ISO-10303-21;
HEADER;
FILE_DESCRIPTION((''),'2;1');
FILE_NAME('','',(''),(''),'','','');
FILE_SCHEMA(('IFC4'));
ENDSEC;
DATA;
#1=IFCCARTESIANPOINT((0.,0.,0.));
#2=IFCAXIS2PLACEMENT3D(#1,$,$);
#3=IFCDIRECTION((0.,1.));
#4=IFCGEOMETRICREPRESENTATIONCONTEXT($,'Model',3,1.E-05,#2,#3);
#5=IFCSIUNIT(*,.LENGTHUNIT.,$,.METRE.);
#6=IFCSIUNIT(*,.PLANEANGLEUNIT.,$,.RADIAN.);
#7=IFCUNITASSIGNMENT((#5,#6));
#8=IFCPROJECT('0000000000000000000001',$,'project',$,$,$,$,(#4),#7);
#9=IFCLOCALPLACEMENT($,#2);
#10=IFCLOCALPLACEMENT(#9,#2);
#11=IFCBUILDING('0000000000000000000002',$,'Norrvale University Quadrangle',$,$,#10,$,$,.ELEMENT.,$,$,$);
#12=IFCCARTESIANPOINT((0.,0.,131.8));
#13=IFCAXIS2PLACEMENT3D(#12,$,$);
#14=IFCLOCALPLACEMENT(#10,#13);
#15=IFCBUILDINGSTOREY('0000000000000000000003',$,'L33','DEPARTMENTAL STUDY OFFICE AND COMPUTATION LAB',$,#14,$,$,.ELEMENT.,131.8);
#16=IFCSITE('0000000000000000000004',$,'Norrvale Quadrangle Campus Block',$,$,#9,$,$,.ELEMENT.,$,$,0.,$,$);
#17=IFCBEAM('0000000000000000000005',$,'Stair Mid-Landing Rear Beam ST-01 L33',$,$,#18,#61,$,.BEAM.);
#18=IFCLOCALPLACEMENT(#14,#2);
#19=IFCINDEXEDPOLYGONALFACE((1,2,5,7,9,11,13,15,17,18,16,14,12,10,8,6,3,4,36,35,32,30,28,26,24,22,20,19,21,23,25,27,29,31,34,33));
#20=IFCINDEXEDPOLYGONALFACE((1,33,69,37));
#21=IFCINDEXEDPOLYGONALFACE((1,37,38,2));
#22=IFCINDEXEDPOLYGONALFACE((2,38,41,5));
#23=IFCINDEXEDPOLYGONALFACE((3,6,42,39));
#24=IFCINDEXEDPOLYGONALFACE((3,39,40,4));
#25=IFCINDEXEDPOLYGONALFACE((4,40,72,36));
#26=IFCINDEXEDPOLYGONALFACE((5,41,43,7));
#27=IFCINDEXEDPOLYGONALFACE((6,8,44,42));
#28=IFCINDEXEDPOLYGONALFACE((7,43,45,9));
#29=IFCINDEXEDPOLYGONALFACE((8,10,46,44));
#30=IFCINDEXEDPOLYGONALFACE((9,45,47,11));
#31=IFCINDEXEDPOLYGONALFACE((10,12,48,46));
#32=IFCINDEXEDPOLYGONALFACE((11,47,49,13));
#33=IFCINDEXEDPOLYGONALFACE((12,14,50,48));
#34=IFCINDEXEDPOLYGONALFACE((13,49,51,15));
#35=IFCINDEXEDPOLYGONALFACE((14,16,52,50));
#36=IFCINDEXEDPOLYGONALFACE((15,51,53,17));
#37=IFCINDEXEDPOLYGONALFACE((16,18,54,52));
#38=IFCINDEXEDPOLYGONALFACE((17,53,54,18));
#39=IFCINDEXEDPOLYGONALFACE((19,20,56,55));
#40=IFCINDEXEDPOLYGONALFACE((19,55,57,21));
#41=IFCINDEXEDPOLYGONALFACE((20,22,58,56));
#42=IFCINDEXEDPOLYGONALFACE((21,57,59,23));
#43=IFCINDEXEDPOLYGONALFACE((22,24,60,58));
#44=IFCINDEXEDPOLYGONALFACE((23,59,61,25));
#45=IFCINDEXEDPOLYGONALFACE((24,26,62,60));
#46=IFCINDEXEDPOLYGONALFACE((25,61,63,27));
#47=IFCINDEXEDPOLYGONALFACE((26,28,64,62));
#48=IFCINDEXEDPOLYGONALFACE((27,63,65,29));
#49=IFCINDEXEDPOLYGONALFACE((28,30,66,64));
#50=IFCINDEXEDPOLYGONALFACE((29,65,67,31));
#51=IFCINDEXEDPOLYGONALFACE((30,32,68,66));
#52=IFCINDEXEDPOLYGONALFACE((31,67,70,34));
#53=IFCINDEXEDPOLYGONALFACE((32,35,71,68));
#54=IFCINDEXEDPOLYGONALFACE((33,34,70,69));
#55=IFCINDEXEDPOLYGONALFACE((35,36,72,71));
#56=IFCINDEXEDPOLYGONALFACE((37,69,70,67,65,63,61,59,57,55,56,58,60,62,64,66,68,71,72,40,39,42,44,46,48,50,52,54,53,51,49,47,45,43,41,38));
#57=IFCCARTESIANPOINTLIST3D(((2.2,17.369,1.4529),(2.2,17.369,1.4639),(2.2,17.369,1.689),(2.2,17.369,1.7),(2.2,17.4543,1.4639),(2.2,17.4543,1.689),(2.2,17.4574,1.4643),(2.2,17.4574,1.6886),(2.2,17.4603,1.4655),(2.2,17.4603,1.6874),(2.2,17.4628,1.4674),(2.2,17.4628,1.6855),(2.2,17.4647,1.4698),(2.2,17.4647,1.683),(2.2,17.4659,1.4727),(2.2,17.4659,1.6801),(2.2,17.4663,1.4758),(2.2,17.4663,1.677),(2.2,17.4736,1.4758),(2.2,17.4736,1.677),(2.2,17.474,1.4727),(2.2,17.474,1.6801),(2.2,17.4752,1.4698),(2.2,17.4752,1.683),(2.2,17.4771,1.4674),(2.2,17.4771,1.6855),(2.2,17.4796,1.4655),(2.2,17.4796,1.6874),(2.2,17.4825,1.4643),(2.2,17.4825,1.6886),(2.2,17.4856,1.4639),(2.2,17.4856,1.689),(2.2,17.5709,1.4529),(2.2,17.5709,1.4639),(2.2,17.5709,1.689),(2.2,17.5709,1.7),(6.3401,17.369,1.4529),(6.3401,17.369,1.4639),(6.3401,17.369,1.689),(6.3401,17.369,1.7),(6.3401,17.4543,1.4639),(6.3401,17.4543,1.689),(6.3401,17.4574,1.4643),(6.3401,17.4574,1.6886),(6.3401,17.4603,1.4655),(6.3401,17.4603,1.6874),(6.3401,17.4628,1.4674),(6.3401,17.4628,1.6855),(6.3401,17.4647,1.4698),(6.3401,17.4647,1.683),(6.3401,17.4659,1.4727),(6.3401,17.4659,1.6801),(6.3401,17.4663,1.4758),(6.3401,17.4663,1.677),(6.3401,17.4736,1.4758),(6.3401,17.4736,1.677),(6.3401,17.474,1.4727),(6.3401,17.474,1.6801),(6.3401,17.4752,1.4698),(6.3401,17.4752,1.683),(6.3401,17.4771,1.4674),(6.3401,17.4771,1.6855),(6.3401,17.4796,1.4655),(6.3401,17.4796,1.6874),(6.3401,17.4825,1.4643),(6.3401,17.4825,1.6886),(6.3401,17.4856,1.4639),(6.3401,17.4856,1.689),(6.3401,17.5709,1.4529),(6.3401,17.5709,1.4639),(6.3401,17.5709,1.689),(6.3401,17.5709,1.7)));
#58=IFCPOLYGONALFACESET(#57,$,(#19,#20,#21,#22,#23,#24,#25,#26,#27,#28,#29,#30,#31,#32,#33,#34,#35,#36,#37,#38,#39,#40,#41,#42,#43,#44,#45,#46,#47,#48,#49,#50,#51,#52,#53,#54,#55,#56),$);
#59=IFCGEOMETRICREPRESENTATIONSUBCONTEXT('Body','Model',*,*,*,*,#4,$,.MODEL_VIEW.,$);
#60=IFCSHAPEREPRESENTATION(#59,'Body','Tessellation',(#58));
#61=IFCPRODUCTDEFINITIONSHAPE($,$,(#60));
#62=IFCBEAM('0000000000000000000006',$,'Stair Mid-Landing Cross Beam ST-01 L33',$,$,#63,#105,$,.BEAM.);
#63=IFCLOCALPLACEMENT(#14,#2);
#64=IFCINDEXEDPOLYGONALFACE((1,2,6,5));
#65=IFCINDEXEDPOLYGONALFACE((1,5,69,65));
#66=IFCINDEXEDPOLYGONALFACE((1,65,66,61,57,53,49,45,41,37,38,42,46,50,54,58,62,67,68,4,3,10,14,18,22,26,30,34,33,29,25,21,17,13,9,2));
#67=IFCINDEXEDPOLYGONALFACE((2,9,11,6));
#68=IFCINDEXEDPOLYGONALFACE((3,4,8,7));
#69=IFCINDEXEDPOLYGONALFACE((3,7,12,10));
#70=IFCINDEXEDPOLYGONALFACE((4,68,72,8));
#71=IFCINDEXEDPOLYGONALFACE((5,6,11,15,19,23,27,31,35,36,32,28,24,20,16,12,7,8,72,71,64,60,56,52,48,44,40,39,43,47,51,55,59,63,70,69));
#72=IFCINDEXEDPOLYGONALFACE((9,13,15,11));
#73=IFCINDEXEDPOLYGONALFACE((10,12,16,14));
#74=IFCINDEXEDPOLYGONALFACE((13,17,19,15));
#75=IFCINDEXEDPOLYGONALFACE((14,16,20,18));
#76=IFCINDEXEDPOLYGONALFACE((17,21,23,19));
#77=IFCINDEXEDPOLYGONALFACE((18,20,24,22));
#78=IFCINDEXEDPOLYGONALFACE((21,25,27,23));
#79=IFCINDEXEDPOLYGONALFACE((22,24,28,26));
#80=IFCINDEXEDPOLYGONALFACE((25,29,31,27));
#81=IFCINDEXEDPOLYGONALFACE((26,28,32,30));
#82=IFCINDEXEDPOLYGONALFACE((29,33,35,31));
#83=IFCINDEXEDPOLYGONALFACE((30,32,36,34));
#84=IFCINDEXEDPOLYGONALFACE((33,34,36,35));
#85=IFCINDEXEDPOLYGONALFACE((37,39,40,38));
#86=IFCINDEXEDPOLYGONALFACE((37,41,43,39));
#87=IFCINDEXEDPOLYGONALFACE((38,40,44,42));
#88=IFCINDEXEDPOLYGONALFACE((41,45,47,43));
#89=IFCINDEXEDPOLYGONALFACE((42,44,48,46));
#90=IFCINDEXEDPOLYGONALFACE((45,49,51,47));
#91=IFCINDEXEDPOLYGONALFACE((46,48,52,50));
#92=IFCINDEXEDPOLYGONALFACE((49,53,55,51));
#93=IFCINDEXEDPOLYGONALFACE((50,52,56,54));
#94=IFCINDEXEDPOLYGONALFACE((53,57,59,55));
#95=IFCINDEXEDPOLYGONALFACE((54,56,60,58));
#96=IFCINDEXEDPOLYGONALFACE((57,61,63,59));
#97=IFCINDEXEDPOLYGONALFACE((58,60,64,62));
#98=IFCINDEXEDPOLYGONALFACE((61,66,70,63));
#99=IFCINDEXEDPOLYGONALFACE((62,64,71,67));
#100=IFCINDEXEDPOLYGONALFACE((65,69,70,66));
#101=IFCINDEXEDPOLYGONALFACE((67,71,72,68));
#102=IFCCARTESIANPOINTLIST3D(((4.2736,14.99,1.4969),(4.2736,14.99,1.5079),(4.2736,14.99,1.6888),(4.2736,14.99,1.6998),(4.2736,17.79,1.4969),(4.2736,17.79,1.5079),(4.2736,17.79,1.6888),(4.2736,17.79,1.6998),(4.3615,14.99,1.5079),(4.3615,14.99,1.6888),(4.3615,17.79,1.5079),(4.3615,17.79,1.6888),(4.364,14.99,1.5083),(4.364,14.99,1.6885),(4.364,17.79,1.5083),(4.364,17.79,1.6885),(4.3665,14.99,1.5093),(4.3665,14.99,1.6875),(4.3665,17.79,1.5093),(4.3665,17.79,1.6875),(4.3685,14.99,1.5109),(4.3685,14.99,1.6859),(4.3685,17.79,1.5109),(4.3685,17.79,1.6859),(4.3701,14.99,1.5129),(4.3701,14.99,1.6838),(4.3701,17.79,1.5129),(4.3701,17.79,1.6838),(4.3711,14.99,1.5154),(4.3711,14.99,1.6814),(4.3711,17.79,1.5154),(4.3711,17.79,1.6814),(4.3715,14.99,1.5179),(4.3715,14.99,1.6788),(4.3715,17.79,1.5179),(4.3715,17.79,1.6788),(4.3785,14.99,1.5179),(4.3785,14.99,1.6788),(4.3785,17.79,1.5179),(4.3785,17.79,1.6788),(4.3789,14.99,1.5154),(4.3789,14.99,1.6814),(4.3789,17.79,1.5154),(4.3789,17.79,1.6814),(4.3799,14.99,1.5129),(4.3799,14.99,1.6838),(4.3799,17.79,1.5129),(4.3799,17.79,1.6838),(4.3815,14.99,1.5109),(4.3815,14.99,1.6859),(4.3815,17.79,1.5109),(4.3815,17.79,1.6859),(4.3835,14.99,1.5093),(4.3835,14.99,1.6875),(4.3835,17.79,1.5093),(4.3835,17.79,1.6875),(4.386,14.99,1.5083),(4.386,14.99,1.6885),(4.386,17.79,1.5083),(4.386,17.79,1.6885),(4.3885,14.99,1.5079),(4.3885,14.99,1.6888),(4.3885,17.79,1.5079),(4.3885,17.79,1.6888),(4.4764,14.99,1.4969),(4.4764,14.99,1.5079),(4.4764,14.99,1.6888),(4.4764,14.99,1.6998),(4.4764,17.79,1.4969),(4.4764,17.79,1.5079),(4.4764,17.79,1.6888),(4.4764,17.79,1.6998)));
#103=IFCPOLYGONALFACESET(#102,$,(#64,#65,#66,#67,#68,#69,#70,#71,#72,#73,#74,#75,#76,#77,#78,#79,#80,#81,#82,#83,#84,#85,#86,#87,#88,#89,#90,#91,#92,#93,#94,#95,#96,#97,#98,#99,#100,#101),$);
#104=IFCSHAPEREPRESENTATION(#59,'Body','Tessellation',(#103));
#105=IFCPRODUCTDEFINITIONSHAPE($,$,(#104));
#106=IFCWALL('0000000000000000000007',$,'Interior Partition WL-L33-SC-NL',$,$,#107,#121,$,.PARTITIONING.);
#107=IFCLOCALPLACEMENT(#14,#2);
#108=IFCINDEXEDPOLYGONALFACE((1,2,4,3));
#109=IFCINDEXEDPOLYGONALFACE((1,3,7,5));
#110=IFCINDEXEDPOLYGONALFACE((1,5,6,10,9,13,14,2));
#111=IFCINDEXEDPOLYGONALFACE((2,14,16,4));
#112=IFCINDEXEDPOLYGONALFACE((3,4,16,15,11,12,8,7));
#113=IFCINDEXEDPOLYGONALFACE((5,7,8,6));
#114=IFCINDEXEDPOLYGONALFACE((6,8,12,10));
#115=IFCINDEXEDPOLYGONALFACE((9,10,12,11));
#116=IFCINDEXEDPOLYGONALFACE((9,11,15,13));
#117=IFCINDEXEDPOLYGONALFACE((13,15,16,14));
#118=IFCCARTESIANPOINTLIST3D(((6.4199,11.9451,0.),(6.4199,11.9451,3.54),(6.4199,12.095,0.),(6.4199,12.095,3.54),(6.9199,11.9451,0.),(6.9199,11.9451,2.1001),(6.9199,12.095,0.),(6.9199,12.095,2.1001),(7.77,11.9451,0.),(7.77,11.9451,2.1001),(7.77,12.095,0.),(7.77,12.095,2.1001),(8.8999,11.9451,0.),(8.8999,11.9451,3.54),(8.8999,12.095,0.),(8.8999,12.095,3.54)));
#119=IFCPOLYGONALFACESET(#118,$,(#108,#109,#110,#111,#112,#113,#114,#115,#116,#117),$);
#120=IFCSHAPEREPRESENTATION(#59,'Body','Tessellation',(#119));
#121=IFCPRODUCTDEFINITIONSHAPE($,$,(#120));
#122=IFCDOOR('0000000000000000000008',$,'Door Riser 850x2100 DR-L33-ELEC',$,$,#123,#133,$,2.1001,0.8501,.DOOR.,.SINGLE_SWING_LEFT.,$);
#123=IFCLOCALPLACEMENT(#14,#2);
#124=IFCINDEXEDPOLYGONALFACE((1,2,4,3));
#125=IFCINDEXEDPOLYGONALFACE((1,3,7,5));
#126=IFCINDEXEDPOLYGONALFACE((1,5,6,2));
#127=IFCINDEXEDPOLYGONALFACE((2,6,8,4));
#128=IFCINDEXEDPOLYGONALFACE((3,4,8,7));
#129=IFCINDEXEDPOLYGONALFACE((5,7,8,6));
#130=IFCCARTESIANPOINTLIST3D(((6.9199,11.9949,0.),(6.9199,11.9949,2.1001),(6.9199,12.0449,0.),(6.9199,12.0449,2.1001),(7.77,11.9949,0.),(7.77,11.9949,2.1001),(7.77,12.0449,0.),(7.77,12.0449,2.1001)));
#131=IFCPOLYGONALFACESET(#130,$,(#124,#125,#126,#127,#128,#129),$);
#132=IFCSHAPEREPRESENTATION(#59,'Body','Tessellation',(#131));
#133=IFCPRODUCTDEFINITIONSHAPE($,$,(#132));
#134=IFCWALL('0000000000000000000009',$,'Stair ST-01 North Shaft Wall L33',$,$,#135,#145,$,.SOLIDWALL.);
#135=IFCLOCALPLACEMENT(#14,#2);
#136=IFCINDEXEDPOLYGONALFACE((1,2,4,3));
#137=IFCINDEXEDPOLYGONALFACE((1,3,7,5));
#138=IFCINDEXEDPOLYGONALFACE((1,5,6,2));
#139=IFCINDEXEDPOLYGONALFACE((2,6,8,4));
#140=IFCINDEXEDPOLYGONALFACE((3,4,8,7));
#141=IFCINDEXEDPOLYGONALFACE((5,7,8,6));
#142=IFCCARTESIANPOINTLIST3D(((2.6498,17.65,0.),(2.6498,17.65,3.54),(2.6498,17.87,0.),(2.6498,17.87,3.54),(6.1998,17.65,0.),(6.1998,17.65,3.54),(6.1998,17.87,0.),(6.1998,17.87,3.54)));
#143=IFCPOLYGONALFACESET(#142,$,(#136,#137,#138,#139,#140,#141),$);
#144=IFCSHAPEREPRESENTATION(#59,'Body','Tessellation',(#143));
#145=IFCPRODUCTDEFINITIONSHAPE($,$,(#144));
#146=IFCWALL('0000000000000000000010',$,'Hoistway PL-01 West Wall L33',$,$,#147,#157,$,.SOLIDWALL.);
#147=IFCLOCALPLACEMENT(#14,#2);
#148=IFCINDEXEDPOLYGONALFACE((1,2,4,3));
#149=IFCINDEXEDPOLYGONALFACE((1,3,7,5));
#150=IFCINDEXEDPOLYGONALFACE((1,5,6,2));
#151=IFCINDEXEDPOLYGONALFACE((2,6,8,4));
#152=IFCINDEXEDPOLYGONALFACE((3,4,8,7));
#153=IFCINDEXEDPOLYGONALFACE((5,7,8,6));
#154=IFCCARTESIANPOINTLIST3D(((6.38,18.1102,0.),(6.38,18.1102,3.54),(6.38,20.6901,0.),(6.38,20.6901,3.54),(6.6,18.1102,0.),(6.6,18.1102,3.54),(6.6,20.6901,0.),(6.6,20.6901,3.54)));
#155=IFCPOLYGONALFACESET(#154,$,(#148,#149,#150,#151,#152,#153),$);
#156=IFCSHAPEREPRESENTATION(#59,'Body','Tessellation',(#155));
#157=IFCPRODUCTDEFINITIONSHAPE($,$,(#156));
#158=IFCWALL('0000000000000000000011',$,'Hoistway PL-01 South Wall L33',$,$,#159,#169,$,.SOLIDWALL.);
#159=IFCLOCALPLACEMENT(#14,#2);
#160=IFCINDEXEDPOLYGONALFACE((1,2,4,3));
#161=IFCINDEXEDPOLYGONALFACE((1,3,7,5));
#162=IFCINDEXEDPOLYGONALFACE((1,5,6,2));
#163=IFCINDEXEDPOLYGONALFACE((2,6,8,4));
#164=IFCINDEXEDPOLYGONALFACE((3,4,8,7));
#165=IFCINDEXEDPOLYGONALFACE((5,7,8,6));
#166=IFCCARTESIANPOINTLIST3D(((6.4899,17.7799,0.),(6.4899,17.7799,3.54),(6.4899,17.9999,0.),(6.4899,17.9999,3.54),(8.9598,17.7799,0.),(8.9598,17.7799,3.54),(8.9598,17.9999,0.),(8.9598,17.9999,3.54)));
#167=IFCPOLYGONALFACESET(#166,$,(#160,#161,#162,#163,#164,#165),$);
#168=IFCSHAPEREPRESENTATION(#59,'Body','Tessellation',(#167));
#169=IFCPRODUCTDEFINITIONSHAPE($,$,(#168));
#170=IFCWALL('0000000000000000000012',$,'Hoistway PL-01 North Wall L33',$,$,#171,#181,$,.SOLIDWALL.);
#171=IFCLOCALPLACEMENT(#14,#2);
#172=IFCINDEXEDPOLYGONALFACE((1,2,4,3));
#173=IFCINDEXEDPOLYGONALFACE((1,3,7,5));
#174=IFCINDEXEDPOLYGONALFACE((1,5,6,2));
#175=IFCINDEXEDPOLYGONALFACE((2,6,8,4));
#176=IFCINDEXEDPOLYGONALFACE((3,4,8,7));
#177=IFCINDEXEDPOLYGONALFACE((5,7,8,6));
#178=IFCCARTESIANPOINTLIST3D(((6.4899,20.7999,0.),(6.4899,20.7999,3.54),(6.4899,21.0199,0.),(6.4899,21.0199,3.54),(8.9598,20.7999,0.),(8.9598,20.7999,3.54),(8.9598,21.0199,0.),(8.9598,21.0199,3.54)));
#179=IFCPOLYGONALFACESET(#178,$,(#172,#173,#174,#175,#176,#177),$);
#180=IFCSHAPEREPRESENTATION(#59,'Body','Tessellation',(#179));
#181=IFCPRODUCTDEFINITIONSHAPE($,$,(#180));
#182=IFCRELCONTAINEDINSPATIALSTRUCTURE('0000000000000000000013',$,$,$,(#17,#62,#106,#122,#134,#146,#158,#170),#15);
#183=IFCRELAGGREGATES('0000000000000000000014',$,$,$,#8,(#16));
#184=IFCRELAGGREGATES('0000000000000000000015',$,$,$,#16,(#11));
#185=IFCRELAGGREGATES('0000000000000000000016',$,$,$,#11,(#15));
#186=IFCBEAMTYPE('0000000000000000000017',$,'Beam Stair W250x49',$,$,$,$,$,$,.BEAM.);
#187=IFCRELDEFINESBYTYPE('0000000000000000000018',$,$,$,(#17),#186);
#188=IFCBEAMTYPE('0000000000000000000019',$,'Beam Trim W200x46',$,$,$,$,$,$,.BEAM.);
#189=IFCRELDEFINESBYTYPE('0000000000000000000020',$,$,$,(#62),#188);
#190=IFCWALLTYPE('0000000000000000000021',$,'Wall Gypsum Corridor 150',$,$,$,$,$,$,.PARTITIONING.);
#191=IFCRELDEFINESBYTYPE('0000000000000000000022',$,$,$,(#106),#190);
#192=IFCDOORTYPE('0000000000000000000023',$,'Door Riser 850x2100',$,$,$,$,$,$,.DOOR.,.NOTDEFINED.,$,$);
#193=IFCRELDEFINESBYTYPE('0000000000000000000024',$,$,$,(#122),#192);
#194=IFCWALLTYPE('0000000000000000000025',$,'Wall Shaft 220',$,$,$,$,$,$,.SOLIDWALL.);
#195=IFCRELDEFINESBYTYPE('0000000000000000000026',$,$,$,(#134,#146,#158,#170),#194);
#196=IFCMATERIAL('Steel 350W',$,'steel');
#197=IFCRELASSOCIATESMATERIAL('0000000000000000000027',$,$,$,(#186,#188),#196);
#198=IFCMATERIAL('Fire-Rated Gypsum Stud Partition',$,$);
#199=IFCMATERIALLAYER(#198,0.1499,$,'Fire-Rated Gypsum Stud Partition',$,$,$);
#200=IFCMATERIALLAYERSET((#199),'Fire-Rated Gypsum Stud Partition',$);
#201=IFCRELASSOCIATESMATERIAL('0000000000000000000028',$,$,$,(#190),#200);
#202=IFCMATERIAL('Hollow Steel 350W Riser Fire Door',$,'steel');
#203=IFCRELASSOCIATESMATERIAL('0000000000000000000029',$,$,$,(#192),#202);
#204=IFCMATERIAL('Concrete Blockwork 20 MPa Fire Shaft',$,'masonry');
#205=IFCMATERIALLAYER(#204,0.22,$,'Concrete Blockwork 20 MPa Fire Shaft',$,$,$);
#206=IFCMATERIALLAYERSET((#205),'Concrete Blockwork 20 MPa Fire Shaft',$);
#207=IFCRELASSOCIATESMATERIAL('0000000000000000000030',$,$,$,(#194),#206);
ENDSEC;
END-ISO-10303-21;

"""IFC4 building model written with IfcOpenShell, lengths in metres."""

from ifc_helpers import new_model, si_unit, direction, frame, frame_2d, origin, origin_2d, place, context, subcontext, project, spatial, rectangle, i_section, extrude, material, layer, layer_set, material_profile, profile_set, type_object, element, fill, save


model = new_model("IFC4")

# Units and contexts
model_context = context("Model", 3, precision=1e-05, world=origin(), true_north=direction((0.0, 1.0)))
body_context = subcontext(model_context, "Body", "Model", "MODEL_VIEW")
ifc_project = project(units=[si_unit("LENGTHUNIT", "METRE"), si_unit("PLANEANGLEUNIT", "RADIAN")], contexts=[model_context])

# Site, building, storey
site_placement = place(None, origin())
site = spatial("IfcSite", under=ifc_project, at=site_placement, Name="Norrvale Quadrangle Campus Block", CompositionType="ELEMENT", RefElevation=0.0)
building_placement = place(site_placement, origin())
building = spatial("IfcBuilding", under=site, at=building_placement, Name="Norrvale University Quadrangle", CompositionType="ELEMENT")
storey_placement = place(building_placement, frame((0.0, 0.0, 131.8)))
storey = spatial("IfcBuildingStorey", under=building, at=storey_placement, Name="L33", Description="DEPARTMENTAL STUDY OFFICE AND COMPUTATION LAB", CompositionType="ELEMENT", Elevation=131.8)

# Beams
ifc_material_1 = material(Name="Steel 350W", Category="steel")
ifc_material_profile_1 = material_profile(ifc_material_1, i_section(OverallWidth=0.2019, OverallDepth=0.2471, WebThickness=0.0073, FlangeThickness=0.011, FilletRadius=0.012, at=origin_2d()), Name="Steel 350W")
ifc_profile_set_1 = profile_set([ifc_material_profile_1], Name="Steel 350W")
beam_type_1 = type_object("IfcBeamType", Name="Beam Stair W250x49", PredefinedType="BEAM", material=ifc_profile_set_1)
for number, where, z_axis, x_axis, name in (
    (1, (2.2, 17.47, 1.5764), (1.0, 0.0, 0.0), (0.0, 1.0, 0.0), "Stair Mid-Landing Rear Beam ST-01 L33"),
):
    element("IfcBeam", number, at=place(storey_placement, frame(where, z_axis=z_axis, x_axis=x_axis)), inside=storey, type_object=beam_type_1, Name=name, PredefinedType="BEAM", context=body_context, shape_type="SweptSolid", body=[
        extrude(i_section(OverallWidth=0.2019, OverallDepth=0.2471, WebThickness=0.0073, FlangeThickness=0.011, FilletRadius=0.012, at=origin_2d()), origin(), (0.0, 0.0, 1.0), 4.1401),
    ])
ifc_material_profile_2 = material_profile(ifc_material_1, i_section(OverallWidth=0.2029, OverallDepth=0.2029, WebThickness=0.0071, FlangeThickness=0.011, FilletRadius=0.01, at=origin_2d()), Name="Steel 350W")
ifc_profile_set_2 = profile_set([ifc_material_profile_2], Name="Steel 350W")
beam_type_2 = type_object("IfcBeamType", Name="Beam Trim W200x46", PredefinedType="BEAM", material=ifc_profile_set_2)
beam_1_placement = place(storey_placement, frame((4.375, 14.99, 1.5984), z_axis=(0.0, 1.0, 0.0), x_axis=(-1.0, 0.0, 0.0)))
element("IfcBeam", 2, at=beam_1_placement, inside=storey, type_object=beam_type_2, Name="Stair Mid-Landing Cross Beam ST-01 L33", PredefinedType="BEAM", context=body_context, shape_type="SweptSolid", body=[
    extrude(i_section(OverallWidth=0.2029, OverallDepth=0.2029, WebThickness=0.0071, FlangeThickness=0.011, FilletRadius=0.01, at=origin_2d()), origin(), (0.0, 0.0, 1.0), 2.8),
])

# Wall, opening, door
ifc_material_2 = material(Name="Fire-Rated Gypsum Stud Partition")
ifc_layer_1 = layer(ifc_material_2, 0.1499, Name="Fire-Rated Gypsum Stud Partition")
ifc_layer_set_1 = layer_set([ifc_layer_1], Name="Fire-Rated Gypsum Stud Partition")
wall_type_1 = type_object("IfcWallType", Name="Wall Gypsum Corridor 150", PredefinedType="PARTITIONING", material=ifc_layer_set_1)
wall_1_placement = place(storey_placement, frame((6.4199, 12.02, 0.0), z_axis=(0.0, 0.0, 1.0), x_axis=(1.0, 0.0, 0.0)))
wall_1 = element("IfcWall", 3, at=wall_1_placement, inside=storey, type_object=wall_type_1, Name="Interior Partition WL-L33-SC-NL", PredefinedType="PARTITIONING", context=body_context, shape_type="SweptSolid", body=[
    extrude(rectangle(XDim=2.48, YDim=0.1499, at=frame_2d((1.24, 0.0))), origin(), (0.0, 0.0, 1.0), 3.54),
])
opening_placement = place(wall_1_placement, frame((0.5, 0.0, 0.0)))
opening = element("IfcOpeningElement", 4, at=opening_placement, cuts=wall_1, PredefinedType="OPENING", context=body_context, shape_type="SweptSolid", body=[
    extrude(rectangle(XDim=0.8501, YDim=2.1001, at=frame_2d((0.425, 1.05))), frame((0.0, 0.0869, 0.0), z_axis=(0.0, -1.0, 0.0), x_axis=(1.0, 0.0, 0.0)), (0.0, 0.0, 1.0), 0.1738),
])
ifc_material_3 = material(Name="Hollow Steel 350W Riser Fire Door", Category="steel")
door_type = type_object("IfcDoorType", Name="Door Riser 850x2100", OperationType="NOTDEFINED", PredefinedType="DOOR", material=ifc_material_3)
door_placement = place(opening_placement, origin())
door = element("IfcDoor", 5, at=door_placement, inside=storey, type_object=door_type, Name="Door Riser 850x2100 DR-L33-ELEC", OperationType="SINGLE_SWING_LEFT", OverallHeight=2.1001, OverallWidth=0.8501, PredefinedType="DOOR", context=body_context, shape_type="SweptSolid", body=[
    extrude(rectangle(XDim=0.8501, YDim=2.1001, at=frame_2d((0.425, 1.05))), frame((0.0, 0.0249, 0.0), z_axis=(0.0, -1.0, 0.0), x_axis=(1.0, 0.0, 0.0)), (0.0, 0.0, 1.0), 0.05),
])
fill(opening, door)

# Walls
ifc_material_4 = material(Name="Concrete Blockwork 20 MPa Fire Shaft", Category="masonry")
ifc_layer_2 = layer(ifc_material_4, 0.22, Name="Concrete Blockwork 20 MPa Fire Shaft")
ifc_layer_set_2 = layer_set([ifc_layer_2], Name="Concrete Blockwork 20 MPa Fire Shaft")
wall_type_2 = type_object("IfcWallType", Name="Wall Shaft 220", PredefinedType="SOLIDWALL", material=ifc_layer_set_2)
wall_2_placement = place(storey_placement, frame((2.6499, 17.76, 0.0), z_axis=(0.0, 0.0, 1.0), x_axis=(1.0, 0.0, 0.0)))
element("IfcWall", 6, at=wall_2_placement, inside=storey, type_object=wall_type_2, Name="Stair ST-01 North Shaft Wall L33", PredefinedType="SOLIDWALL", context=body_context, shape_type="SweptSolid", body=[
    extrude(rectangle(XDim=3.55, YDim=0.22, at=frame_2d((1.7749, 0.0))), origin(), (0.0, 0.0, 1.0), 3.54),
])
wall_3_placement = place(storey_placement, frame((6.49, 18.1101, 0.0), z_axis=(0.0, 0.0, 1.0), x_axis=(0.0, 1.0, 0.0)))
element("IfcWall", 7, at=wall_3_placement, inside=storey, type_object=wall_type_2, Name="Hoistway PL-01 West Wall L33", PredefinedType="SOLIDWALL", context=body_context, shape_type="SweptSolid", body=[
    extrude(rectangle(XDim=2.5798, YDim=0.22, at=frame_2d((1.29, 0.0))), origin(), (0.0, 0.0, 1.0), 3.54),
])
for number, where, z_axis, x_axis, name in (
    (8, (6.49, 17.8899, 0.0), (0.0, 0.0, 1.0), (1.0, 0.0, 0.0), "Hoistway PL-01 South Wall L33"),
    (9, (6.49, 20.9099, 0.0), (0.0, 0.0, 1.0), (1.0, 0.0, 0.0), "Hoistway PL-01 North Wall L33"),
):
    element("IfcWall", number, at=place(storey_placement, frame(where, z_axis=z_axis, x_axis=x_axis)), inside=storey, type_object=wall_type_2, Name=name, PredefinedType="SOLIDWALL", context=body_context, shape_type="SweptSolid", body=[
        extrude(rectangle(XDim=2.47, YDim=0.22, at=frame_2d((1.2349, 0.0))), origin(), (0.0, 0.0, 1.0), 3.54),
    ])

save(model, "model.ifc")
